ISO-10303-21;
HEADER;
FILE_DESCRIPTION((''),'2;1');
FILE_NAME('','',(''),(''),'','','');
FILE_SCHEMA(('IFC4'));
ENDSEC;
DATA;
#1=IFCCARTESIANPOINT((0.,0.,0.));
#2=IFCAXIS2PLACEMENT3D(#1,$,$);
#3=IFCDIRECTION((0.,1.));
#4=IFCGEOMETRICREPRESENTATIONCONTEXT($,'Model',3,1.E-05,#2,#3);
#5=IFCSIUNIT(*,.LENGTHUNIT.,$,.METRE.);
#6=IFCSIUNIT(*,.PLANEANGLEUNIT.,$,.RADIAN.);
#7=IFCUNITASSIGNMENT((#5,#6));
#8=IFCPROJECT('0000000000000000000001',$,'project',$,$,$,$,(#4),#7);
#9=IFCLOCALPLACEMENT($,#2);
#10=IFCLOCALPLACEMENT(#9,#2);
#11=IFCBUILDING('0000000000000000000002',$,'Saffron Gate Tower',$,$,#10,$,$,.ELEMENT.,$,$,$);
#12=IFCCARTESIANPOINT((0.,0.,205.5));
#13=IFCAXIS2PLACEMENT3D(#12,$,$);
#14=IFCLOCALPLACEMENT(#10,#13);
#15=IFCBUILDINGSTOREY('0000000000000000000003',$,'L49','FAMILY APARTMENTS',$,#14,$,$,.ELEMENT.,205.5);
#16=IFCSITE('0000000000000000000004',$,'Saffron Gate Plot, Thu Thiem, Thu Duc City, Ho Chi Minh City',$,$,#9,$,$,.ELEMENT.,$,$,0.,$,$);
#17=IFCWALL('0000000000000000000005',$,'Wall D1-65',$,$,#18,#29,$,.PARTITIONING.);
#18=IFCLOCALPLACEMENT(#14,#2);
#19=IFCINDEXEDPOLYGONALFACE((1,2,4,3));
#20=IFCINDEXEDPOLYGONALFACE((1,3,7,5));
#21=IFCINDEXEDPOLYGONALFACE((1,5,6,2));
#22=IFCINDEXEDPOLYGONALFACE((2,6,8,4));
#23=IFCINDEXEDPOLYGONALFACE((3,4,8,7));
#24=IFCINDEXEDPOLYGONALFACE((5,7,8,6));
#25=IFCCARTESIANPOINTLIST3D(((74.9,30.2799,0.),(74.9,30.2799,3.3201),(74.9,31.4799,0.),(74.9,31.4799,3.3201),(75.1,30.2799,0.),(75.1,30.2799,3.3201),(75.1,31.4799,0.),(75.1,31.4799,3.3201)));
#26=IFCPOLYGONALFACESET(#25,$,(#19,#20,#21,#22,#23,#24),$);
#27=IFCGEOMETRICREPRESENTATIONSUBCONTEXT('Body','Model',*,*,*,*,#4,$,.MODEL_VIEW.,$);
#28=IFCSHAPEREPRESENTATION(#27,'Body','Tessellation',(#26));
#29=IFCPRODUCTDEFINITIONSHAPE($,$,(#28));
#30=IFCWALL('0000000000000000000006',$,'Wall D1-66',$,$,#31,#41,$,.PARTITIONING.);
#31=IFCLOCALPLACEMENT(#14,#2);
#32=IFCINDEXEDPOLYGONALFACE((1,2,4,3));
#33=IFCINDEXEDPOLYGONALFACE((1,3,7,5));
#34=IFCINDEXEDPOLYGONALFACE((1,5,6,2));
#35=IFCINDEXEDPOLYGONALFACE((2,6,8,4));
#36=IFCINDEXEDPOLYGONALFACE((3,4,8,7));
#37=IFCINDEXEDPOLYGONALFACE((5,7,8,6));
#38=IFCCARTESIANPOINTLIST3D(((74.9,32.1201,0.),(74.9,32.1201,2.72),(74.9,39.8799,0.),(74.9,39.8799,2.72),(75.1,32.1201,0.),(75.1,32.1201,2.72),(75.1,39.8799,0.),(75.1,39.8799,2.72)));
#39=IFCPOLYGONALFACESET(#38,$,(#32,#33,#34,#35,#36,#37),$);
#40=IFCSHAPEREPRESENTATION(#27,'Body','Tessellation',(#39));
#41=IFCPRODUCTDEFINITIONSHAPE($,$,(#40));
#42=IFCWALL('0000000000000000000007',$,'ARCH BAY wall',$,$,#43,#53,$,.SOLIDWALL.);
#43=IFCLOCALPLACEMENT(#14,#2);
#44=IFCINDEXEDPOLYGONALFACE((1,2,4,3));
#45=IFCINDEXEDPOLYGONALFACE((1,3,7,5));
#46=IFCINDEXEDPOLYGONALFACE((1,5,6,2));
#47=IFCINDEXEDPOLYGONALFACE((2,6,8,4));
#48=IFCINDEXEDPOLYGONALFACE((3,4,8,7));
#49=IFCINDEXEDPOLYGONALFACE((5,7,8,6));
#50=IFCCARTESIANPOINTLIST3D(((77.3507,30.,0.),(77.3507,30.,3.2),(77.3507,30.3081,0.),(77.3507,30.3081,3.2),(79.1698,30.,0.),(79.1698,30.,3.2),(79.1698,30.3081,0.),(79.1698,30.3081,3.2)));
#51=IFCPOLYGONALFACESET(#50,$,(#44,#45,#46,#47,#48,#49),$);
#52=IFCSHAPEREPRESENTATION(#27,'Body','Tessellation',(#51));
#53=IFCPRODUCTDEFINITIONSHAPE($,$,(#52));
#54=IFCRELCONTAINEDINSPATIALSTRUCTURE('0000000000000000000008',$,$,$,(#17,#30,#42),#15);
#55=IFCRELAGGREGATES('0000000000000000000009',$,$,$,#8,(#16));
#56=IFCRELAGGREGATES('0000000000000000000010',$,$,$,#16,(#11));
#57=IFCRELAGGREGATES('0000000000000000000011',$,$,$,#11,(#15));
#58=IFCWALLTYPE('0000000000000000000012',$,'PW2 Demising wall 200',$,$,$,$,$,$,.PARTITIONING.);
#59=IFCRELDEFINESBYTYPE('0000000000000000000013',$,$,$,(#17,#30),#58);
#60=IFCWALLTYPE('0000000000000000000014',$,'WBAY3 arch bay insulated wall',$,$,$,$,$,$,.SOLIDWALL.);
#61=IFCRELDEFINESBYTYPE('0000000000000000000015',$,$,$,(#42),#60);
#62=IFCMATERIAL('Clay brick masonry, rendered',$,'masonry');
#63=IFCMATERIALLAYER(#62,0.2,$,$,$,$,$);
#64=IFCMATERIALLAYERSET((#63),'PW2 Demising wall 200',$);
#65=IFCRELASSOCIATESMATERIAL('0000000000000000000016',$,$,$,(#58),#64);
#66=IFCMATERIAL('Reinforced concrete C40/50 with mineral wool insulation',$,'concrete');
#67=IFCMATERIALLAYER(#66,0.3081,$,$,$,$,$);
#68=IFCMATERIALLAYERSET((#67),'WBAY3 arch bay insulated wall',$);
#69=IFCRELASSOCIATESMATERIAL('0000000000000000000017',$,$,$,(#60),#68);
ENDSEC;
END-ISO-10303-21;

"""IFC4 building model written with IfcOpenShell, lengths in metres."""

from ifc_helpers import new_model, si_unit, direction, frame, frame_2d, origin, place, context, subcontext, project, spatial, rectangle, extrude, material, layer, layer_set, type_object, element, save


model = new_model("IFC4")

# Units and contexts
model_context = context("Model", 3, precision=1e-05, world=origin(), true_north=direction((0.0, 1.0)))
body_context = subcontext(model_context, "Body", "Model", "MODEL_VIEW")
ifc_project = project(units=[si_unit("LENGTHUNIT", "METRE"), si_unit("PLANEANGLEUNIT", "RADIAN")], contexts=[model_context])

# Site, building, storey
site_placement = place(None, origin())
site = spatial("IfcSite", under=ifc_project, at=site_placement, Name="Saffron Gate Plot, Thu Thiem, Thu Duc City, Ho Chi Minh City", CompositionType="ELEMENT", RefElevation=0.0)
building_placement = place(site_placement, origin())
building = spatial("IfcBuilding", under=site, at=building_placement, Name="Saffron Gate Tower", CompositionType="ELEMENT")
storey_placement = place(building_placement, frame((0.0, 0.0, 205.5)))
storey = spatial("IfcBuildingStorey", under=building, at=storey_placement, Name="L49", Description="FAMILY APARTMENTS", CompositionType="ELEMENT", Elevation=205.5)

# Walls
ifc_material_1 = material(Name="Clay brick masonry, rendered", Category="masonry")
ifc_layer_1 = layer(ifc_material_1, 0.2)
ifc_layer_set_1 = layer_set([ifc_layer_1], Name="PW2 Demising wall 200")
wall_type_1 = type_object("IfcWallType", Name="PW2 Demising wall 200", PredefinedType="PARTITIONING", material=ifc_layer_set_1)
wall_1_placement = place(storey_placement, frame((75.0, 31.48, 0.0), z_axis=(0.0, 0.0, 1.0), x_axis=(0.0, -1.0, 0.0)))
element("IfcWall", 1, at=wall_1_placement, inside=storey, type_object=wall_type_1, Name="Wall D1-65", PredefinedType="PARTITIONING", context=body_context, shape_type="SweptSolid", body=[
    extrude(rectangle(XDim=1.2, YDim=0.2, at=frame_2d((0.6001, 0.0))), origin(), (0.0, 0.0, 1.0), 3.3201),
])
wall_2_placement = place(storey_placement, frame((75.0, 39.8799, 0.0), z_axis=(0.0, 0.0, 1.0), x_axis=(0.0, -1.0, 0.0)))
element("IfcWall", 2, at=wall_2_placement, inside=storey, type_object=wall_type_1, Name="Wall D1-66", PredefinedType="PARTITIONING", context=body_context, shape_type="SweptSolid", body=[
    extrude(rectangle(XDim=7.7598, YDim=0.2, at=frame_2d((3.8799, 0.0))), origin(), (0.0, 0.0, 1.0), 2.72),
])
ifc_material_2 = material(Name="Reinforced concrete C40/50 with mineral wool insulation", Category="concrete")
ifc_layer_2 = layer(ifc_material_2, 0.3081)
ifc_layer_set_2 = layer_set([ifc_layer_2], Name="WBAY3 arch bay insulated wall")
wall_type_2 = type_object("IfcWallType", Name="WBAY3 arch bay insulated wall", PredefinedType="SOLIDWALL", material=ifc_layer_set_2)
wall_3_placement = place(storey_placement, frame((79.1699, 30.1541, 0.0), z_axis=(0.0, 0.0, 1.0), x_axis=(-1.0, 0.0, 0.0)))
element("IfcWall", 3, at=wall_3_placement, inside=storey, type_object=wall_type_2, Name="ARCH BAY wall", PredefinedType="SOLIDWALL", context=body_context, shape_type="SweptSolid", body=[
    extrude(rectangle(XDim=1.8191, YDim=0.3081, at=frame_2d((0.9097, 0.0))), origin(), (0.0, 0.0, 1.0), 3.2),
])

save(model, "model.ifc")
